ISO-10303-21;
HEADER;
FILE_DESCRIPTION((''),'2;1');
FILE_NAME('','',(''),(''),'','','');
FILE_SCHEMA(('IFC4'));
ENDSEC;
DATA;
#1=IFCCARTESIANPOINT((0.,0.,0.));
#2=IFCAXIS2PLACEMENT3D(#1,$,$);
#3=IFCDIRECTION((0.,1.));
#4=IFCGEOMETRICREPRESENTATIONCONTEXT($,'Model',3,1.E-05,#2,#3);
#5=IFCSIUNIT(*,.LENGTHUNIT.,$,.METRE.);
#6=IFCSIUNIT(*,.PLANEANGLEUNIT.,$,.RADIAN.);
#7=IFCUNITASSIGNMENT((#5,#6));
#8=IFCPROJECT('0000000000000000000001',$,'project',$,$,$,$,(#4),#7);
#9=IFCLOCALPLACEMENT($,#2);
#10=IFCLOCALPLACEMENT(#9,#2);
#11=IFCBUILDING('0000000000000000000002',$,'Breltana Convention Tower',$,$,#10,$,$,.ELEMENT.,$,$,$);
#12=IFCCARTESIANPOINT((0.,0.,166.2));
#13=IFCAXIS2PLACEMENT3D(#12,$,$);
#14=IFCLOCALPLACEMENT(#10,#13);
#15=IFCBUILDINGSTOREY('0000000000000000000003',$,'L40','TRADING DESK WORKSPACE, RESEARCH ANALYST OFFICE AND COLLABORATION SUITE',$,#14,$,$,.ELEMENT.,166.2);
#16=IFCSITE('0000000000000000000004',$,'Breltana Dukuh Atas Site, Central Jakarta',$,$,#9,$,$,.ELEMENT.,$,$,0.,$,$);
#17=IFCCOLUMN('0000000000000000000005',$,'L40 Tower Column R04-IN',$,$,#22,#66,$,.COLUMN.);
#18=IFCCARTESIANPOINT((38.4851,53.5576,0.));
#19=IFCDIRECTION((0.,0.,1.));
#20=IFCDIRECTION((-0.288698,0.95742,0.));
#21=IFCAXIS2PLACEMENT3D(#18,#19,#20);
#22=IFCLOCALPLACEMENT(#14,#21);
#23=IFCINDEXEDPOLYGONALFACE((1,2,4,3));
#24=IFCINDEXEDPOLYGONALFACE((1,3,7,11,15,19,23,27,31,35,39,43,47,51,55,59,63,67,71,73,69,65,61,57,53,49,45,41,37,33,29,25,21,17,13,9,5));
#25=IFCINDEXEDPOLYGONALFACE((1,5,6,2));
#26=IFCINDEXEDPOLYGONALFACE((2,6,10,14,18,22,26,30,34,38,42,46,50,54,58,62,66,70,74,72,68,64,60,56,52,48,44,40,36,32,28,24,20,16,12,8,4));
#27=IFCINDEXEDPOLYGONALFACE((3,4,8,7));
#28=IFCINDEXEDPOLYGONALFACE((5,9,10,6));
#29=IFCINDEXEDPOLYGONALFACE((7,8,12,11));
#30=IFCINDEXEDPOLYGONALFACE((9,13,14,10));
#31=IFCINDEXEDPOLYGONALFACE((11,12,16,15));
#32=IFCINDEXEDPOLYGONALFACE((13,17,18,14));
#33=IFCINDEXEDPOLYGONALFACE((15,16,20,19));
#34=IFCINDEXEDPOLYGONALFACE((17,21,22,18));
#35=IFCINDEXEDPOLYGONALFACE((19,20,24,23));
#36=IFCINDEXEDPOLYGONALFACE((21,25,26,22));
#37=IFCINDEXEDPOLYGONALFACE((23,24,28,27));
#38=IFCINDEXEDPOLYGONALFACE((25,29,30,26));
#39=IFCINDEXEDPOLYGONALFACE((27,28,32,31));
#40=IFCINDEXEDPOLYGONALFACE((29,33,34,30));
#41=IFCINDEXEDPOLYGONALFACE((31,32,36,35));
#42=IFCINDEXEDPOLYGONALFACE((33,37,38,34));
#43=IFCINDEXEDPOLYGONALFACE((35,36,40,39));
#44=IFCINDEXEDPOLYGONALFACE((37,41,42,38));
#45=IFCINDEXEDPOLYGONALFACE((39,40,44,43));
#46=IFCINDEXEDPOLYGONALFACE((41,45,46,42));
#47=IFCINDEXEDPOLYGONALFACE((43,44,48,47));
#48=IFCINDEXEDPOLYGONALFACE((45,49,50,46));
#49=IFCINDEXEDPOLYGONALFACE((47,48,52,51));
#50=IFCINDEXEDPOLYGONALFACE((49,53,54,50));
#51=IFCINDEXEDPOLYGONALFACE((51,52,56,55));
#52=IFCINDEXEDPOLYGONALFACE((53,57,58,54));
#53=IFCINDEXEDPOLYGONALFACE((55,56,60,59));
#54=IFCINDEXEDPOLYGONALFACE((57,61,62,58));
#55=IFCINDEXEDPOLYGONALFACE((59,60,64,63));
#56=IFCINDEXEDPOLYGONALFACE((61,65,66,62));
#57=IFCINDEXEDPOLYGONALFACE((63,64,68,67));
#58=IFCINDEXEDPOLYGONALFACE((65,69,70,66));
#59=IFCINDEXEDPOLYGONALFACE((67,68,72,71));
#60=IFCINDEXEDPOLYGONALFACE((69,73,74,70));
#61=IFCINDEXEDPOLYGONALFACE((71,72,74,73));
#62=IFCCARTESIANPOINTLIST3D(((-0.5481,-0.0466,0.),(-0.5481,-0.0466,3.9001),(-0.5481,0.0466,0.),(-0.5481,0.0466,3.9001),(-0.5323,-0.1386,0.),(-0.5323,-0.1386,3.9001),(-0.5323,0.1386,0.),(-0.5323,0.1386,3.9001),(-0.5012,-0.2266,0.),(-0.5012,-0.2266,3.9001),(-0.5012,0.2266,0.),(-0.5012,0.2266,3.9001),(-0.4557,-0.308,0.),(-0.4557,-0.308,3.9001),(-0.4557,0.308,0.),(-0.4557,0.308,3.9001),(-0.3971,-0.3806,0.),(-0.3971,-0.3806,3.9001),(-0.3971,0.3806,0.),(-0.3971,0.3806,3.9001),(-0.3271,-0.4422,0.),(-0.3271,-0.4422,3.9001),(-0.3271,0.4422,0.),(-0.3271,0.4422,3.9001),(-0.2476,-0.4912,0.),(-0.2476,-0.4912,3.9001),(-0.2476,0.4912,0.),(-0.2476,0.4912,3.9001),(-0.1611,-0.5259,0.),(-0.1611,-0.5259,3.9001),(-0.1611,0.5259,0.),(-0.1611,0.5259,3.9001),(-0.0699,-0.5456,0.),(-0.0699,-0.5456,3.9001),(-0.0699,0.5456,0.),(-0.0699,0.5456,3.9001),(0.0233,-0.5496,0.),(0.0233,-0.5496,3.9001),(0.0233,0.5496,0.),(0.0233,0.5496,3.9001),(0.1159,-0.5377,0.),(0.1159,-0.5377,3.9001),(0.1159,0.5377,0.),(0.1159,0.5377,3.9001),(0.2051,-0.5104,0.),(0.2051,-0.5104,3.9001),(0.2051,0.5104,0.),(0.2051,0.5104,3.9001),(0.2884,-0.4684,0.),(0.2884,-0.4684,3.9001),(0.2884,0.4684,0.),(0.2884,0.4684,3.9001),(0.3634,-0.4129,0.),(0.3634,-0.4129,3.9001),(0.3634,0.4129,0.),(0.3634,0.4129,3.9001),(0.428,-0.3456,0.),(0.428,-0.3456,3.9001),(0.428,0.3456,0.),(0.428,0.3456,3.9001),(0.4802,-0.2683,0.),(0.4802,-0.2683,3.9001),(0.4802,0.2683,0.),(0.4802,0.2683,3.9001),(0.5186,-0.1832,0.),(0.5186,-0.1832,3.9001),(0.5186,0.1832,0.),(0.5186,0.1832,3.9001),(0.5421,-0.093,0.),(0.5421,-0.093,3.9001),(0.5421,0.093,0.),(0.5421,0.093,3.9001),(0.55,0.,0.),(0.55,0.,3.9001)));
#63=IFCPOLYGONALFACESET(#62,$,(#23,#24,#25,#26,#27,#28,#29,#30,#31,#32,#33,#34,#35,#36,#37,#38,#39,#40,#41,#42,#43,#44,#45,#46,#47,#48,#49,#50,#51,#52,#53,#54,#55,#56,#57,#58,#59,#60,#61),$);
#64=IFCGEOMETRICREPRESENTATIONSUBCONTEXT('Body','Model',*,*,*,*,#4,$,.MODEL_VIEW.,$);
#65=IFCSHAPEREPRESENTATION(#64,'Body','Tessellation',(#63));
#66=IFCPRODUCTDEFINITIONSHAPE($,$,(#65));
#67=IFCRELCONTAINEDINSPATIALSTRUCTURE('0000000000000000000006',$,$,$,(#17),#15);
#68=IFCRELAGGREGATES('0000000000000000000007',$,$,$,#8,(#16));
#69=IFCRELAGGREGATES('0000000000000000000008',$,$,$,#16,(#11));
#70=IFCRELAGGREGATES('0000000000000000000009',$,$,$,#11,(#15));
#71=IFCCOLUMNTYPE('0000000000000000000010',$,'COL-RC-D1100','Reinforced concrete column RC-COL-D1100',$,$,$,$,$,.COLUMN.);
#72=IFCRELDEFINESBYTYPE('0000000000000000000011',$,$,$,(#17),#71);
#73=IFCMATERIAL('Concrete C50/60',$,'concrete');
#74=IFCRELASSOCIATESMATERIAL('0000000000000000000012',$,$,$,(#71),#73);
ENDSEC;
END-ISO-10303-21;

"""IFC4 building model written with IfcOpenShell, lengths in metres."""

from ifc_helpers import new_model, si_unit, direction, frame, origin, origin_2d, place, context, subcontext, project, spatial, circle, extrude, source, transform, mapped, material, material_profile, profile_set, type_object, element, save


model = new_model("IFC4")

# Units and contexts
model_context = context("Model", 3, precision=1e-05, world=origin(), true_north=direction((0.0, 1.0)))
body_context = subcontext(model_context, "Body", "Model", "MODEL_VIEW")
ifc_project = project(units=[si_unit("LENGTHUNIT", "METRE"), si_unit("PLANEANGLEUNIT", "RADIAN")], contexts=[model_context])

# Site, building, storey
site_placement = place(None, origin())
site = spatial("IfcSite", under=ifc_project, at=site_placement, Name="Breltana Dukuh Atas Site, Central Jakarta", CompositionType="ELEMENT", RefElevation=0.0)
building_placement = place(site_placement, origin())
building = spatial("IfcBuilding", under=site, at=building_placement, Name="Breltana Convention Tower", CompositionType="ELEMENT")
storey_placement = place(building_placement, frame((0.0, 0.0, 166.2)))
storey = spatial("IfcBuildingStorey", under=building, at=storey_placement, Name="L40", Description="TRADING DESK WORKSPACE, RESEARCH ANALYST OFFICE AND COLLABORATION SUITE", CompositionType="ELEMENT", Elevation=166.2)

# Column
ifc_material_1 = material(Name="Concrete C50/60", Category="concrete")
ifc_material_profile_1 = material_profile(ifc_material_1, circle(Radius=0.55, at=origin_2d()), Name="RC-COL-D1100")
ifc_profile_set_1 = profile_set([ifc_material_profile_1], Name="Concrete C50/60")
column_type = type_object("IfcColumnType", Name="COL-RC-D1100", Description="Reinforced concrete column RC-COL-D1100", PredefinedType="COLUMN", material=ifc_profile_set_1)
shared_shape_1 = source(origin(), body_context, "Body", "SweptSolid", [
    extrude(circle(Radius=0.55, at=origin_2d()), origin(), (0.0, 0.0, 1.0), 3.9001),
])
for number, where, z_axis, x_axis, name in (
    (1, (38.4851, 53.5576, 0.0), (0.0, 0.0, 1.0), (-0.288698, 0.95742, 0.0), "L40 Tower Column R04-IN"),
):
    element("IfcColumn", number, at=place(storey_placement, frame(where, z_axis=z_axis, x_axis=x_axis)), inside=storey, type_object=column_type, Name=name, PredefinedType="COLUMN", context=body_context, shape_type="MappedRepresentation", body=[
        mapped(shared_shape_1, transform((0.0, 0.0, 0.0), scale=1.0)),
    ])

save(model, "model.ifc")
